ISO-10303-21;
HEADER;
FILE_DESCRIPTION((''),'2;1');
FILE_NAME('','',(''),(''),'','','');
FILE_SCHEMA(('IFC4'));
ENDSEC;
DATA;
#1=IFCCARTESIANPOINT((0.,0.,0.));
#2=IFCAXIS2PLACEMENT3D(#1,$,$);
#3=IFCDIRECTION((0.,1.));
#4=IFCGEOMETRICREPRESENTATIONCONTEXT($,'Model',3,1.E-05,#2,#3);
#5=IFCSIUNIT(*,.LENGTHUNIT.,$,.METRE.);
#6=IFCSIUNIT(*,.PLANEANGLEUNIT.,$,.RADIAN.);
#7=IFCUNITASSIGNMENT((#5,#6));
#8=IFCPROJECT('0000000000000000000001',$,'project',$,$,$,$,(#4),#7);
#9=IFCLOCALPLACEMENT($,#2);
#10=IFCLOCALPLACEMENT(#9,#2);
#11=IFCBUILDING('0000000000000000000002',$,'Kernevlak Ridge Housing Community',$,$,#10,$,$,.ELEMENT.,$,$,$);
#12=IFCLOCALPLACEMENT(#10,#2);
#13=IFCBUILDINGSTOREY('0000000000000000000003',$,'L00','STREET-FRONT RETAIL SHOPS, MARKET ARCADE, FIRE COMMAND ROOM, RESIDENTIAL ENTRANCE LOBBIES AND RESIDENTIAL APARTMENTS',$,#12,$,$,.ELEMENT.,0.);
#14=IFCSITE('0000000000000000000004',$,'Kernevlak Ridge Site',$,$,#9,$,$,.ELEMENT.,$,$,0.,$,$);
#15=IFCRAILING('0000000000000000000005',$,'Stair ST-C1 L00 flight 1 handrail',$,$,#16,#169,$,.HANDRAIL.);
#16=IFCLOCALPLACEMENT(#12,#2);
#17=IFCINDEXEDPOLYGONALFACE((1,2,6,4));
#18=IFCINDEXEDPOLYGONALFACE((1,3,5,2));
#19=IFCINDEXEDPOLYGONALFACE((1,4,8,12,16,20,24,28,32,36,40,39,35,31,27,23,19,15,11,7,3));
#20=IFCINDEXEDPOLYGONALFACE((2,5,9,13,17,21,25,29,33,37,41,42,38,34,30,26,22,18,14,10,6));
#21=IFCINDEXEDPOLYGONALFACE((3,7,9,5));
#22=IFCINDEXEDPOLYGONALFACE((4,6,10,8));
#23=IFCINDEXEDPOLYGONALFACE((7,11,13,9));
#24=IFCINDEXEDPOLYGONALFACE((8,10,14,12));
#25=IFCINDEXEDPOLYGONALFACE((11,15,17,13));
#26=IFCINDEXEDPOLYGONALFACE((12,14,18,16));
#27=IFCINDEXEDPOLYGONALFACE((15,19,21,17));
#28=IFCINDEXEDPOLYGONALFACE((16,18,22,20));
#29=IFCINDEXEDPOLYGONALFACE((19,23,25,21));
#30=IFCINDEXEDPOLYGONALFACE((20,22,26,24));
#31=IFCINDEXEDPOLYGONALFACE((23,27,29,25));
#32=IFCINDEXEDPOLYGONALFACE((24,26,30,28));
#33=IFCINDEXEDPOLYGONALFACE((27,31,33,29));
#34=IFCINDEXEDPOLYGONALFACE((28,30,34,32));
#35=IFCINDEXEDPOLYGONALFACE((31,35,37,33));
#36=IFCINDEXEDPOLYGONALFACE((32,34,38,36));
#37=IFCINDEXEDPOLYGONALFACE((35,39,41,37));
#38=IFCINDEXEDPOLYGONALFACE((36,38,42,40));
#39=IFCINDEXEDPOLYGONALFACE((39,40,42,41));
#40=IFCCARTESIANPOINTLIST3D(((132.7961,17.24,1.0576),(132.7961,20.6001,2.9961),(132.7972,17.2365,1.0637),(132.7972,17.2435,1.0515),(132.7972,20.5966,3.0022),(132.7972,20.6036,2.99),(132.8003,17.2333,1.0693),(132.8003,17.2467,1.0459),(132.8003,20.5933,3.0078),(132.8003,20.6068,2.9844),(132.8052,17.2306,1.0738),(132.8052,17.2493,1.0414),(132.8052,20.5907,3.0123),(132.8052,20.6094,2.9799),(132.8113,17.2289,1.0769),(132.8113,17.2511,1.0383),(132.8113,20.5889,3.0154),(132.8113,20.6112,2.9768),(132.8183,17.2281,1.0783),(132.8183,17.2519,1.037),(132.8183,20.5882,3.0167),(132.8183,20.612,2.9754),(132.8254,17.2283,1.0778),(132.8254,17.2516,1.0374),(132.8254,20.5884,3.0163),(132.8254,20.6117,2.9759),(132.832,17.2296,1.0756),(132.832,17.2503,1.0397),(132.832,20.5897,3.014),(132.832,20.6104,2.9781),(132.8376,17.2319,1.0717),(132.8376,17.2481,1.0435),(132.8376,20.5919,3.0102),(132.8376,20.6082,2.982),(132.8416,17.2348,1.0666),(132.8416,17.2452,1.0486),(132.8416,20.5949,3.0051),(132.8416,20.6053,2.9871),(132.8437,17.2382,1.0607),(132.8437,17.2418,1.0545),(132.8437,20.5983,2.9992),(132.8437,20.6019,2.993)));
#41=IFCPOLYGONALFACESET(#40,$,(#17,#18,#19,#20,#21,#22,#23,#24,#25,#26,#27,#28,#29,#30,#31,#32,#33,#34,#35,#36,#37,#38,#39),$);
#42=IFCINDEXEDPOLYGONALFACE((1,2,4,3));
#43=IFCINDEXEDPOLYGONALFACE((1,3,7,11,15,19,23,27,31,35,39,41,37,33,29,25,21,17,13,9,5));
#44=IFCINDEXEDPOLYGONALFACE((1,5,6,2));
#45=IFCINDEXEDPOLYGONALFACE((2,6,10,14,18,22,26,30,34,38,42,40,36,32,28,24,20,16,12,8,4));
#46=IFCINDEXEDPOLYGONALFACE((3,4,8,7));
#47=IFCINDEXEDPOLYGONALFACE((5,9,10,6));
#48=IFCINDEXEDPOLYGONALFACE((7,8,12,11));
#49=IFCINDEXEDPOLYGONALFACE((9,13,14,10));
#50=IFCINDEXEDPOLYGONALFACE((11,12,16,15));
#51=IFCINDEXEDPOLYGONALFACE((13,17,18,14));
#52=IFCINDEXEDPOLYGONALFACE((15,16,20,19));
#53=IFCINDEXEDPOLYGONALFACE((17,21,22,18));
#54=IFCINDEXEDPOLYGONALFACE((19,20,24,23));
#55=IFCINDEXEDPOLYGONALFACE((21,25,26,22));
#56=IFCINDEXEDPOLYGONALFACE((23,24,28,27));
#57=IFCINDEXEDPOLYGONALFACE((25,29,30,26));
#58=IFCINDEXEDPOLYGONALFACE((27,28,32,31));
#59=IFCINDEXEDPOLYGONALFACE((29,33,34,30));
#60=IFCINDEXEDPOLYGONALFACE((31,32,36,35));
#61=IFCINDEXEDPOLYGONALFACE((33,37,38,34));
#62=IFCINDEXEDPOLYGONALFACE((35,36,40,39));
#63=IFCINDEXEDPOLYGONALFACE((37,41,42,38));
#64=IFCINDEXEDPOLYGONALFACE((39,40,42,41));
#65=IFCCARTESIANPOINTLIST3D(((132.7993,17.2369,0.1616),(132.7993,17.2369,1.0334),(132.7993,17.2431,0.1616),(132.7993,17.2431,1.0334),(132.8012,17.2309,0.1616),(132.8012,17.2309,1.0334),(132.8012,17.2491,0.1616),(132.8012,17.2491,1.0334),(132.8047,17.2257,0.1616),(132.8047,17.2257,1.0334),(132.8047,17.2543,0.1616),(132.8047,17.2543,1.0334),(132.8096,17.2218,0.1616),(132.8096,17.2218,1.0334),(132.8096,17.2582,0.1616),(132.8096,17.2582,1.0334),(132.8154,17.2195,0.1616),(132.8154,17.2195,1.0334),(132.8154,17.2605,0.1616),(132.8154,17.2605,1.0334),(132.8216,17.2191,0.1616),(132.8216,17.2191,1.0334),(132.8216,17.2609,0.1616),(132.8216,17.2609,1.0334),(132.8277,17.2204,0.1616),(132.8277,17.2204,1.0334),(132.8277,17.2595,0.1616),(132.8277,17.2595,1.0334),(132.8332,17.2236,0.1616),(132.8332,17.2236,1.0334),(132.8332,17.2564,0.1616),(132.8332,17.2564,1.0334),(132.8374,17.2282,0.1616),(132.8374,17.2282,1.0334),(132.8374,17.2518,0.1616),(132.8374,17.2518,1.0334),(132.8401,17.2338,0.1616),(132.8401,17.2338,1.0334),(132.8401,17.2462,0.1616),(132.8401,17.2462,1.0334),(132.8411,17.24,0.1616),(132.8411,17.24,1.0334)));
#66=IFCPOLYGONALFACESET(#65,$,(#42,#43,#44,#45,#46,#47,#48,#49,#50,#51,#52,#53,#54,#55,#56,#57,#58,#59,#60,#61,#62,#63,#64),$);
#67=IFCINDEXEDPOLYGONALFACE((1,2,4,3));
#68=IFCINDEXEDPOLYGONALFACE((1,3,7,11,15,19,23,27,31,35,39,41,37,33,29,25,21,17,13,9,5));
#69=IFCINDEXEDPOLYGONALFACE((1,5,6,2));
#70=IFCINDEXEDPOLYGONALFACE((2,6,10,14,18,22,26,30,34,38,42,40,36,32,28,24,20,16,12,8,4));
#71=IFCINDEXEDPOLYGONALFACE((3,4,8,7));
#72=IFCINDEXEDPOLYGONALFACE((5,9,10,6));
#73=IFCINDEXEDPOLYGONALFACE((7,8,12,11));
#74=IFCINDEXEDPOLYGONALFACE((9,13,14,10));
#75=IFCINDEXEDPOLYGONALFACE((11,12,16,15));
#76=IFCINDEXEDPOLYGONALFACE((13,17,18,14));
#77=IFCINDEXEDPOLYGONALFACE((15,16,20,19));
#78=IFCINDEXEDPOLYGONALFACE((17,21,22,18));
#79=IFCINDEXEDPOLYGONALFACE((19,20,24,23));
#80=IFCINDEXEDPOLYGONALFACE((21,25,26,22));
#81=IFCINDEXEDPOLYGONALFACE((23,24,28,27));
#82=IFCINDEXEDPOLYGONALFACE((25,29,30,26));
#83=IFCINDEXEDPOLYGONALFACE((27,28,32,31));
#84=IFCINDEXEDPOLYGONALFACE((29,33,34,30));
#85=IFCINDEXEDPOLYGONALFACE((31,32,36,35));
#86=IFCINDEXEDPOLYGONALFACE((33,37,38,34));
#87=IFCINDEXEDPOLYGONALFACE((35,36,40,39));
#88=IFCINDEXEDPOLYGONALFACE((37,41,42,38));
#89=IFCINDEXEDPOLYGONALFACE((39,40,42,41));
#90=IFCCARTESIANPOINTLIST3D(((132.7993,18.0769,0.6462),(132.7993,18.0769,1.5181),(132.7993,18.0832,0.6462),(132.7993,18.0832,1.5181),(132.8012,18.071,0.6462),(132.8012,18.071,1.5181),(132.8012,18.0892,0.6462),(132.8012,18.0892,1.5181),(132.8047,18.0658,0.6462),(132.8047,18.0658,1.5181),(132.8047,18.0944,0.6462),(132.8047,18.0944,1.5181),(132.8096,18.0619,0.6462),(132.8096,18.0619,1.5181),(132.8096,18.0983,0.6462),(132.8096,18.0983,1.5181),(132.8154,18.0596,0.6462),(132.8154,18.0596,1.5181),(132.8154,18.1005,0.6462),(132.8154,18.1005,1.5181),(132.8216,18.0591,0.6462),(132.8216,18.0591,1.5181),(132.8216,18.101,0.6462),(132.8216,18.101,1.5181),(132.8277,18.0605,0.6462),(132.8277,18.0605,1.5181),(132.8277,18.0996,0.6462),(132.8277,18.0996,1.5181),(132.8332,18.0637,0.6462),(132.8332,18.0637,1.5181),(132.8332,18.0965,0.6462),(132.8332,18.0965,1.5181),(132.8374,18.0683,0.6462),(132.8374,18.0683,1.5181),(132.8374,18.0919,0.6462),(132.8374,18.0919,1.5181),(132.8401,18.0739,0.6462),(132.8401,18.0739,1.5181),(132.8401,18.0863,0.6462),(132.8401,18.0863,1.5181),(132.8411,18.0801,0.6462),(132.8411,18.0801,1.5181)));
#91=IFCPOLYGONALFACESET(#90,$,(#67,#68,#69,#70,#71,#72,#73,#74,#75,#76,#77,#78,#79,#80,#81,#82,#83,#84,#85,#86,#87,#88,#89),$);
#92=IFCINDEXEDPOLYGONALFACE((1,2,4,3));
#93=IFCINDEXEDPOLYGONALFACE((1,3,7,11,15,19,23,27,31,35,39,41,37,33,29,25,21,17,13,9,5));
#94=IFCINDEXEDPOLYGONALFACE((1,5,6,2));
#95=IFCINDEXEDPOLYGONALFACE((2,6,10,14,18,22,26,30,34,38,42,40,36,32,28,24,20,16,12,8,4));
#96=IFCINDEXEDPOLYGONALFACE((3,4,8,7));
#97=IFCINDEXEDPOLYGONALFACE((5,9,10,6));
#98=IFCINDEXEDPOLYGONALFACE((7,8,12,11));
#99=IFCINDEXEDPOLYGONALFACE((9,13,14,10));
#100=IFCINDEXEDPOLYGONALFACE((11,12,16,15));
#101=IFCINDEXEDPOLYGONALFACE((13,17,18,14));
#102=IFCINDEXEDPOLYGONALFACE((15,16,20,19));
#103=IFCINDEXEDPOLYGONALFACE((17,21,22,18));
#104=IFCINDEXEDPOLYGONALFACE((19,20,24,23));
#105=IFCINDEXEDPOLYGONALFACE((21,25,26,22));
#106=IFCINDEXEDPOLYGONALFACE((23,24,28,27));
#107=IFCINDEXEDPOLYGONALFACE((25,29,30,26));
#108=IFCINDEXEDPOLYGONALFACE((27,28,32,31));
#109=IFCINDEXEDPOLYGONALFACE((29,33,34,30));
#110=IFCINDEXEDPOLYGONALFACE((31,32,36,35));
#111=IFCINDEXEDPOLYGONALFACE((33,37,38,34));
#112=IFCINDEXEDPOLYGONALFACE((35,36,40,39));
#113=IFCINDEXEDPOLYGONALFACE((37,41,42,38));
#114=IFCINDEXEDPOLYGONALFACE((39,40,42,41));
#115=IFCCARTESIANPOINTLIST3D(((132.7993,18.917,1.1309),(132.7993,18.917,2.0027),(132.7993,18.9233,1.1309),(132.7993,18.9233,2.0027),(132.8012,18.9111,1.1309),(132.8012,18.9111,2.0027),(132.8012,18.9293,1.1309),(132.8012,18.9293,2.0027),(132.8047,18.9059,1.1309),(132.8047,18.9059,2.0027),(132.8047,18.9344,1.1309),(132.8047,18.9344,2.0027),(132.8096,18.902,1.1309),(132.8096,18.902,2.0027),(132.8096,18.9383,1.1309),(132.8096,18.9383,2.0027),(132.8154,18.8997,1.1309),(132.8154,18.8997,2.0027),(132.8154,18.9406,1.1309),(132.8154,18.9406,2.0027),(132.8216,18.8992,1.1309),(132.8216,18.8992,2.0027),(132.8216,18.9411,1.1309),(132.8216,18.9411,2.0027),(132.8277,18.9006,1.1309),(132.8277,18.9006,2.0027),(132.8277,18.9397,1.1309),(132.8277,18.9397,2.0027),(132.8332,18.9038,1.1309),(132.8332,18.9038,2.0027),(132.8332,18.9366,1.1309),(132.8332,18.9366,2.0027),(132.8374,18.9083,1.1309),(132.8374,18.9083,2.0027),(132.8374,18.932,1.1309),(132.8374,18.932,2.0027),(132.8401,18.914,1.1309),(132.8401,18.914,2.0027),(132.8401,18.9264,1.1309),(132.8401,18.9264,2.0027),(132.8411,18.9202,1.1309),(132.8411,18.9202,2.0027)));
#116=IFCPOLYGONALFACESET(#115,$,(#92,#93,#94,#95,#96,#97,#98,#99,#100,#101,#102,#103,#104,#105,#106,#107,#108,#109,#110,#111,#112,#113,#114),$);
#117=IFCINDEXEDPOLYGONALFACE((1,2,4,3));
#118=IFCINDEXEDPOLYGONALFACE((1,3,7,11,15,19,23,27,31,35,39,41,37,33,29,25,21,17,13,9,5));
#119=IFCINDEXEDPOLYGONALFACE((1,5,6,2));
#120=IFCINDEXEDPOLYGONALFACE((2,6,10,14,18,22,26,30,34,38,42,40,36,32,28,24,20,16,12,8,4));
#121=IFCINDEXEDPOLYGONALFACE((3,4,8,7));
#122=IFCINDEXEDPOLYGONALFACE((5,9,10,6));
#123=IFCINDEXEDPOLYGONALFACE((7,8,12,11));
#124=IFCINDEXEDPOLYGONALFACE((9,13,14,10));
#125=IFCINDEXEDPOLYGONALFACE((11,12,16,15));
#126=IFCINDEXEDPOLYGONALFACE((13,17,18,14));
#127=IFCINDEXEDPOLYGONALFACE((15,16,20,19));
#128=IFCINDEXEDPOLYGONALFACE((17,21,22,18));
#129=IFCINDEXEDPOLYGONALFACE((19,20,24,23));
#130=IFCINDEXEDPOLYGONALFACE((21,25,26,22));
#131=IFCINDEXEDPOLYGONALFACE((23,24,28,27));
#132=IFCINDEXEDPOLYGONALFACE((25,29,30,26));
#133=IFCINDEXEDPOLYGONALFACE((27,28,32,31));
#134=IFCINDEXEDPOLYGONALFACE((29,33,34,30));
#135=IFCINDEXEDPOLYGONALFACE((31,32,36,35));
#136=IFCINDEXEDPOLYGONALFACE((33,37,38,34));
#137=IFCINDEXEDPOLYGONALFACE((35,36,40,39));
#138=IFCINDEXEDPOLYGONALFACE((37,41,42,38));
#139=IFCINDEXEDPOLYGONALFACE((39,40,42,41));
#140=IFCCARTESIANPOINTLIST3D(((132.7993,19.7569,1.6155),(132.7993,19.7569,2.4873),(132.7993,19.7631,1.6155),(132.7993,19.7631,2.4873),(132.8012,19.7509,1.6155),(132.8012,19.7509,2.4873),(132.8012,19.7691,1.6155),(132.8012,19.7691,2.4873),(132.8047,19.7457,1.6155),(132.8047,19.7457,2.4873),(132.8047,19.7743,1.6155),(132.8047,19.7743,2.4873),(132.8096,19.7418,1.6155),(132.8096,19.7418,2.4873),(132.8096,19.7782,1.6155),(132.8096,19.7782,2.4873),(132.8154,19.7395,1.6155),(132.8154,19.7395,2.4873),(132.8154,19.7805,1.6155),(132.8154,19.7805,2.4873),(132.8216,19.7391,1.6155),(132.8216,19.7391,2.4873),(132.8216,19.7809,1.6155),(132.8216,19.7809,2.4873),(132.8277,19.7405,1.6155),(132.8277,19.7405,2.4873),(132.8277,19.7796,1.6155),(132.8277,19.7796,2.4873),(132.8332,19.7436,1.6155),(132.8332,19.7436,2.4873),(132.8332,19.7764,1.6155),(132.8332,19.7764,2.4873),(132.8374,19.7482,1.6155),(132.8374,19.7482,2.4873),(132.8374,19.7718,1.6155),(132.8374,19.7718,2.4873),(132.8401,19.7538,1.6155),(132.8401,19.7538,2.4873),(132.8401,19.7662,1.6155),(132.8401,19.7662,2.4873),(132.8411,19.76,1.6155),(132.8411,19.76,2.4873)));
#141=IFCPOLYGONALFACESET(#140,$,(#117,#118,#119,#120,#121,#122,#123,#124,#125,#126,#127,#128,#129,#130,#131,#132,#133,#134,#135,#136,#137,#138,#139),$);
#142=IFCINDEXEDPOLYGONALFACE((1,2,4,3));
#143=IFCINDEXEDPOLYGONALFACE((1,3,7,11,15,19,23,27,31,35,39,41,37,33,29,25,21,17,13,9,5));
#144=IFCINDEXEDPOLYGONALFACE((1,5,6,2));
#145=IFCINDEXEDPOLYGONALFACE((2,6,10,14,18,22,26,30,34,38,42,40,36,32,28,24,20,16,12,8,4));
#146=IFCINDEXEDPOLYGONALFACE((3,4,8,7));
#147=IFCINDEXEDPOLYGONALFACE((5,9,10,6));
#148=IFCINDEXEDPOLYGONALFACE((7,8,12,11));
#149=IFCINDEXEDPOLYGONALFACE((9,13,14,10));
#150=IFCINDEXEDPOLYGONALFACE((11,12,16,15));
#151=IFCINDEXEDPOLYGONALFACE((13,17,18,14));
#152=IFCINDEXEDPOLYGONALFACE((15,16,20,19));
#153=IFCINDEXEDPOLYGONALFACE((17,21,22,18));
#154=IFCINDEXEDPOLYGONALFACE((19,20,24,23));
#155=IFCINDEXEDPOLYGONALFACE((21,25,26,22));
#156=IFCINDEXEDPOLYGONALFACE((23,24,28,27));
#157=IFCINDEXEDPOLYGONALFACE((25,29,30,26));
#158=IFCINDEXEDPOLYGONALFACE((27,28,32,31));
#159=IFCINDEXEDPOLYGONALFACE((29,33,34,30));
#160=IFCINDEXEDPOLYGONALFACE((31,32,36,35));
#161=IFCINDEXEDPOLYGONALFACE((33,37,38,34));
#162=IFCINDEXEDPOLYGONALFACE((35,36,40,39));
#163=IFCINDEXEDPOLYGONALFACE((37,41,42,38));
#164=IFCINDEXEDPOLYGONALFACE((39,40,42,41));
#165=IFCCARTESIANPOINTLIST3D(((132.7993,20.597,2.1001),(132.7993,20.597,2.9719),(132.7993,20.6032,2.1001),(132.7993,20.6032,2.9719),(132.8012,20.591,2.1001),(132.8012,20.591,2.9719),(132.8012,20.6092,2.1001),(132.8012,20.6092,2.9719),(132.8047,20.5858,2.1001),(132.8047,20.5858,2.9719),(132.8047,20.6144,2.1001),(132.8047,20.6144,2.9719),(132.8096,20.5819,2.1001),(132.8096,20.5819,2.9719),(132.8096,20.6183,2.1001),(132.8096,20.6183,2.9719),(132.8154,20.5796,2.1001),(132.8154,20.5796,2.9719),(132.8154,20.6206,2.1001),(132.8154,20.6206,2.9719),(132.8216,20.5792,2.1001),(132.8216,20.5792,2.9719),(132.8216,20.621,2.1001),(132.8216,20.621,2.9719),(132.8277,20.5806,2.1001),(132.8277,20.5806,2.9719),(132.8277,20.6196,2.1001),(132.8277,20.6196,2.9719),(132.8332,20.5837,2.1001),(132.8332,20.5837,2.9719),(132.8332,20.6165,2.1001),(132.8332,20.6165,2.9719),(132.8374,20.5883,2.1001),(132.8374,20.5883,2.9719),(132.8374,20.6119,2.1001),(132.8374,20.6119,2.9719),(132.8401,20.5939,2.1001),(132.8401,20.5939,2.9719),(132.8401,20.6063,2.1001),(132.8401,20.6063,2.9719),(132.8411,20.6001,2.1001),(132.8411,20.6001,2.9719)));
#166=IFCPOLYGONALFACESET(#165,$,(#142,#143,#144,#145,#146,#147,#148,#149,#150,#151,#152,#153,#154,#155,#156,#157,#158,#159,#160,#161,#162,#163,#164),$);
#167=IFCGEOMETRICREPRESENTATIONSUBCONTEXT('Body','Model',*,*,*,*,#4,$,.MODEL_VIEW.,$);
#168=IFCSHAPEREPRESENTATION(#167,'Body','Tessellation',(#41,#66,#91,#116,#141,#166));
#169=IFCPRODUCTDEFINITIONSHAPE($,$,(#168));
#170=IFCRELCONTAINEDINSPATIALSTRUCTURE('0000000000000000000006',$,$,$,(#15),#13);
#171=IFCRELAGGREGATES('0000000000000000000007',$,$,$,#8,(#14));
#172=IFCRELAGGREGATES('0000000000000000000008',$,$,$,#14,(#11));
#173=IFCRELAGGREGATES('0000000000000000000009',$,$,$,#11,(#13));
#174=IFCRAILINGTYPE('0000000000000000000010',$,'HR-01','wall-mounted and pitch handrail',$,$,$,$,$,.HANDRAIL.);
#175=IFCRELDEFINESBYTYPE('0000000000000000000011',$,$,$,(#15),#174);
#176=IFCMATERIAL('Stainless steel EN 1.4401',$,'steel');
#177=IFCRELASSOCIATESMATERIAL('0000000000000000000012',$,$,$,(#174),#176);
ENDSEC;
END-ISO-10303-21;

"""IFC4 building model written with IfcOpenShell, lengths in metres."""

from ifc_helpers import new_model, si_unit, direction, frame, origin, origin_2d, place, context, subcontext, project, spatial, circle, extrude, material, type_object, element, save


model = new_model("IFC4")

# Units and contexts
model_context = context("Model", 3, precision=1e-05, world=origin(), true_north=direction((0.0, 1.0)))
body_context = subcontext(model_context, "Body", "Model", "MODEL_VIEW")
ifc_project = project(units=[si_unit("LENGTHUNIT", "METRE"), si_unit("PLANEANGLEUNIT", "RADIAN")], contexts=[model_context])

# Site, building, storey
site_placement = place(None, origin())
site = spatial("IfcSite", under=ifc_project, at=site_placement, Name="Kernevlak Ridge Site", CompositionType="ELEMENT", RefElevation=0.0)
building_placement = place(site_placement, origin())
building = spatial("IfcBuilding", under=site, at=building_placement, Name="Kernevlak Ridge Housing Community", CompositionType="ELEMENT")
storey_placement = place(building_placement, origin())
storey = spatial("IfcBuildingStorey", under=building, at=storey_placement, Name="L00", Description="STREET-FRONT RETAIL SHOPS, MARKET ARCADE, FIRE COMMAND ROOM, RESIDENTIAL ENTRANCE LOBBIES AND RESIDENTIAL APARTMENTS", CompositionType="ELEMENT", Elevation=0.0)

# Railing
ifc_material_1 = material(Name="Stainless steel EN 1.4401", Category="steel")
railing_type_1 = type_object("IfcRailingType", Name="HR-01", Description="wall-mounted and pitch handrail", PredefinedType="HANDRAIL", material=ifc_material_1)
railing_1_placement = place(storey_placement, frame((132.8201, 17.24, 0.1616)))
element("IfcRailing", 1, at=railing_1_placement, inside=storey, type_object=railing_type_1, Name="Stair ST-C1 L00 flight 1 handrail", PredefinedType="HANDRAIL", context=body_context, shape_type="SweptSolid", body=[
    extrude(circle(Radius=0.0239, at=origin_2d()), frame((0.0, 0.0, 0.896), z_axis=(0.0, 0.866191, 0.499713), x_axis=(-1.0, 0.0, 0.0)), (0.0, 0.0, 1.0), 3.8792),
    extrude(circle(Radius=0.021, at=origin_2d()), origin(), (0.0, 0.0, 1.0), 0.8718),
    extrude(circle(Radius=0.021, at=origin_2d()), frame((0.0, 0.8401, 0.4846)), (0.0, 0.0, 1.0), 0.8718),
    extrude(circle(Radius=0.021, at=origin_2d()), frame((0.0, 1.6802, 0.9692)), (0.0, 0.0, 1.0), 0.8718),
    extrude(circle(Radius=0.021, at=origin_2d()), frame((0.0, 2.52, 1.4539)), (0.0, 0.0, 1.0), 0.8718),
    extrude(circle(Radius=0.021, at=origin_2d()), frame((0.0, 3.3601, 1.9385)), (0.0, 0.0, 1.0), 0.8718),
])

save(model, "model.ifc")
